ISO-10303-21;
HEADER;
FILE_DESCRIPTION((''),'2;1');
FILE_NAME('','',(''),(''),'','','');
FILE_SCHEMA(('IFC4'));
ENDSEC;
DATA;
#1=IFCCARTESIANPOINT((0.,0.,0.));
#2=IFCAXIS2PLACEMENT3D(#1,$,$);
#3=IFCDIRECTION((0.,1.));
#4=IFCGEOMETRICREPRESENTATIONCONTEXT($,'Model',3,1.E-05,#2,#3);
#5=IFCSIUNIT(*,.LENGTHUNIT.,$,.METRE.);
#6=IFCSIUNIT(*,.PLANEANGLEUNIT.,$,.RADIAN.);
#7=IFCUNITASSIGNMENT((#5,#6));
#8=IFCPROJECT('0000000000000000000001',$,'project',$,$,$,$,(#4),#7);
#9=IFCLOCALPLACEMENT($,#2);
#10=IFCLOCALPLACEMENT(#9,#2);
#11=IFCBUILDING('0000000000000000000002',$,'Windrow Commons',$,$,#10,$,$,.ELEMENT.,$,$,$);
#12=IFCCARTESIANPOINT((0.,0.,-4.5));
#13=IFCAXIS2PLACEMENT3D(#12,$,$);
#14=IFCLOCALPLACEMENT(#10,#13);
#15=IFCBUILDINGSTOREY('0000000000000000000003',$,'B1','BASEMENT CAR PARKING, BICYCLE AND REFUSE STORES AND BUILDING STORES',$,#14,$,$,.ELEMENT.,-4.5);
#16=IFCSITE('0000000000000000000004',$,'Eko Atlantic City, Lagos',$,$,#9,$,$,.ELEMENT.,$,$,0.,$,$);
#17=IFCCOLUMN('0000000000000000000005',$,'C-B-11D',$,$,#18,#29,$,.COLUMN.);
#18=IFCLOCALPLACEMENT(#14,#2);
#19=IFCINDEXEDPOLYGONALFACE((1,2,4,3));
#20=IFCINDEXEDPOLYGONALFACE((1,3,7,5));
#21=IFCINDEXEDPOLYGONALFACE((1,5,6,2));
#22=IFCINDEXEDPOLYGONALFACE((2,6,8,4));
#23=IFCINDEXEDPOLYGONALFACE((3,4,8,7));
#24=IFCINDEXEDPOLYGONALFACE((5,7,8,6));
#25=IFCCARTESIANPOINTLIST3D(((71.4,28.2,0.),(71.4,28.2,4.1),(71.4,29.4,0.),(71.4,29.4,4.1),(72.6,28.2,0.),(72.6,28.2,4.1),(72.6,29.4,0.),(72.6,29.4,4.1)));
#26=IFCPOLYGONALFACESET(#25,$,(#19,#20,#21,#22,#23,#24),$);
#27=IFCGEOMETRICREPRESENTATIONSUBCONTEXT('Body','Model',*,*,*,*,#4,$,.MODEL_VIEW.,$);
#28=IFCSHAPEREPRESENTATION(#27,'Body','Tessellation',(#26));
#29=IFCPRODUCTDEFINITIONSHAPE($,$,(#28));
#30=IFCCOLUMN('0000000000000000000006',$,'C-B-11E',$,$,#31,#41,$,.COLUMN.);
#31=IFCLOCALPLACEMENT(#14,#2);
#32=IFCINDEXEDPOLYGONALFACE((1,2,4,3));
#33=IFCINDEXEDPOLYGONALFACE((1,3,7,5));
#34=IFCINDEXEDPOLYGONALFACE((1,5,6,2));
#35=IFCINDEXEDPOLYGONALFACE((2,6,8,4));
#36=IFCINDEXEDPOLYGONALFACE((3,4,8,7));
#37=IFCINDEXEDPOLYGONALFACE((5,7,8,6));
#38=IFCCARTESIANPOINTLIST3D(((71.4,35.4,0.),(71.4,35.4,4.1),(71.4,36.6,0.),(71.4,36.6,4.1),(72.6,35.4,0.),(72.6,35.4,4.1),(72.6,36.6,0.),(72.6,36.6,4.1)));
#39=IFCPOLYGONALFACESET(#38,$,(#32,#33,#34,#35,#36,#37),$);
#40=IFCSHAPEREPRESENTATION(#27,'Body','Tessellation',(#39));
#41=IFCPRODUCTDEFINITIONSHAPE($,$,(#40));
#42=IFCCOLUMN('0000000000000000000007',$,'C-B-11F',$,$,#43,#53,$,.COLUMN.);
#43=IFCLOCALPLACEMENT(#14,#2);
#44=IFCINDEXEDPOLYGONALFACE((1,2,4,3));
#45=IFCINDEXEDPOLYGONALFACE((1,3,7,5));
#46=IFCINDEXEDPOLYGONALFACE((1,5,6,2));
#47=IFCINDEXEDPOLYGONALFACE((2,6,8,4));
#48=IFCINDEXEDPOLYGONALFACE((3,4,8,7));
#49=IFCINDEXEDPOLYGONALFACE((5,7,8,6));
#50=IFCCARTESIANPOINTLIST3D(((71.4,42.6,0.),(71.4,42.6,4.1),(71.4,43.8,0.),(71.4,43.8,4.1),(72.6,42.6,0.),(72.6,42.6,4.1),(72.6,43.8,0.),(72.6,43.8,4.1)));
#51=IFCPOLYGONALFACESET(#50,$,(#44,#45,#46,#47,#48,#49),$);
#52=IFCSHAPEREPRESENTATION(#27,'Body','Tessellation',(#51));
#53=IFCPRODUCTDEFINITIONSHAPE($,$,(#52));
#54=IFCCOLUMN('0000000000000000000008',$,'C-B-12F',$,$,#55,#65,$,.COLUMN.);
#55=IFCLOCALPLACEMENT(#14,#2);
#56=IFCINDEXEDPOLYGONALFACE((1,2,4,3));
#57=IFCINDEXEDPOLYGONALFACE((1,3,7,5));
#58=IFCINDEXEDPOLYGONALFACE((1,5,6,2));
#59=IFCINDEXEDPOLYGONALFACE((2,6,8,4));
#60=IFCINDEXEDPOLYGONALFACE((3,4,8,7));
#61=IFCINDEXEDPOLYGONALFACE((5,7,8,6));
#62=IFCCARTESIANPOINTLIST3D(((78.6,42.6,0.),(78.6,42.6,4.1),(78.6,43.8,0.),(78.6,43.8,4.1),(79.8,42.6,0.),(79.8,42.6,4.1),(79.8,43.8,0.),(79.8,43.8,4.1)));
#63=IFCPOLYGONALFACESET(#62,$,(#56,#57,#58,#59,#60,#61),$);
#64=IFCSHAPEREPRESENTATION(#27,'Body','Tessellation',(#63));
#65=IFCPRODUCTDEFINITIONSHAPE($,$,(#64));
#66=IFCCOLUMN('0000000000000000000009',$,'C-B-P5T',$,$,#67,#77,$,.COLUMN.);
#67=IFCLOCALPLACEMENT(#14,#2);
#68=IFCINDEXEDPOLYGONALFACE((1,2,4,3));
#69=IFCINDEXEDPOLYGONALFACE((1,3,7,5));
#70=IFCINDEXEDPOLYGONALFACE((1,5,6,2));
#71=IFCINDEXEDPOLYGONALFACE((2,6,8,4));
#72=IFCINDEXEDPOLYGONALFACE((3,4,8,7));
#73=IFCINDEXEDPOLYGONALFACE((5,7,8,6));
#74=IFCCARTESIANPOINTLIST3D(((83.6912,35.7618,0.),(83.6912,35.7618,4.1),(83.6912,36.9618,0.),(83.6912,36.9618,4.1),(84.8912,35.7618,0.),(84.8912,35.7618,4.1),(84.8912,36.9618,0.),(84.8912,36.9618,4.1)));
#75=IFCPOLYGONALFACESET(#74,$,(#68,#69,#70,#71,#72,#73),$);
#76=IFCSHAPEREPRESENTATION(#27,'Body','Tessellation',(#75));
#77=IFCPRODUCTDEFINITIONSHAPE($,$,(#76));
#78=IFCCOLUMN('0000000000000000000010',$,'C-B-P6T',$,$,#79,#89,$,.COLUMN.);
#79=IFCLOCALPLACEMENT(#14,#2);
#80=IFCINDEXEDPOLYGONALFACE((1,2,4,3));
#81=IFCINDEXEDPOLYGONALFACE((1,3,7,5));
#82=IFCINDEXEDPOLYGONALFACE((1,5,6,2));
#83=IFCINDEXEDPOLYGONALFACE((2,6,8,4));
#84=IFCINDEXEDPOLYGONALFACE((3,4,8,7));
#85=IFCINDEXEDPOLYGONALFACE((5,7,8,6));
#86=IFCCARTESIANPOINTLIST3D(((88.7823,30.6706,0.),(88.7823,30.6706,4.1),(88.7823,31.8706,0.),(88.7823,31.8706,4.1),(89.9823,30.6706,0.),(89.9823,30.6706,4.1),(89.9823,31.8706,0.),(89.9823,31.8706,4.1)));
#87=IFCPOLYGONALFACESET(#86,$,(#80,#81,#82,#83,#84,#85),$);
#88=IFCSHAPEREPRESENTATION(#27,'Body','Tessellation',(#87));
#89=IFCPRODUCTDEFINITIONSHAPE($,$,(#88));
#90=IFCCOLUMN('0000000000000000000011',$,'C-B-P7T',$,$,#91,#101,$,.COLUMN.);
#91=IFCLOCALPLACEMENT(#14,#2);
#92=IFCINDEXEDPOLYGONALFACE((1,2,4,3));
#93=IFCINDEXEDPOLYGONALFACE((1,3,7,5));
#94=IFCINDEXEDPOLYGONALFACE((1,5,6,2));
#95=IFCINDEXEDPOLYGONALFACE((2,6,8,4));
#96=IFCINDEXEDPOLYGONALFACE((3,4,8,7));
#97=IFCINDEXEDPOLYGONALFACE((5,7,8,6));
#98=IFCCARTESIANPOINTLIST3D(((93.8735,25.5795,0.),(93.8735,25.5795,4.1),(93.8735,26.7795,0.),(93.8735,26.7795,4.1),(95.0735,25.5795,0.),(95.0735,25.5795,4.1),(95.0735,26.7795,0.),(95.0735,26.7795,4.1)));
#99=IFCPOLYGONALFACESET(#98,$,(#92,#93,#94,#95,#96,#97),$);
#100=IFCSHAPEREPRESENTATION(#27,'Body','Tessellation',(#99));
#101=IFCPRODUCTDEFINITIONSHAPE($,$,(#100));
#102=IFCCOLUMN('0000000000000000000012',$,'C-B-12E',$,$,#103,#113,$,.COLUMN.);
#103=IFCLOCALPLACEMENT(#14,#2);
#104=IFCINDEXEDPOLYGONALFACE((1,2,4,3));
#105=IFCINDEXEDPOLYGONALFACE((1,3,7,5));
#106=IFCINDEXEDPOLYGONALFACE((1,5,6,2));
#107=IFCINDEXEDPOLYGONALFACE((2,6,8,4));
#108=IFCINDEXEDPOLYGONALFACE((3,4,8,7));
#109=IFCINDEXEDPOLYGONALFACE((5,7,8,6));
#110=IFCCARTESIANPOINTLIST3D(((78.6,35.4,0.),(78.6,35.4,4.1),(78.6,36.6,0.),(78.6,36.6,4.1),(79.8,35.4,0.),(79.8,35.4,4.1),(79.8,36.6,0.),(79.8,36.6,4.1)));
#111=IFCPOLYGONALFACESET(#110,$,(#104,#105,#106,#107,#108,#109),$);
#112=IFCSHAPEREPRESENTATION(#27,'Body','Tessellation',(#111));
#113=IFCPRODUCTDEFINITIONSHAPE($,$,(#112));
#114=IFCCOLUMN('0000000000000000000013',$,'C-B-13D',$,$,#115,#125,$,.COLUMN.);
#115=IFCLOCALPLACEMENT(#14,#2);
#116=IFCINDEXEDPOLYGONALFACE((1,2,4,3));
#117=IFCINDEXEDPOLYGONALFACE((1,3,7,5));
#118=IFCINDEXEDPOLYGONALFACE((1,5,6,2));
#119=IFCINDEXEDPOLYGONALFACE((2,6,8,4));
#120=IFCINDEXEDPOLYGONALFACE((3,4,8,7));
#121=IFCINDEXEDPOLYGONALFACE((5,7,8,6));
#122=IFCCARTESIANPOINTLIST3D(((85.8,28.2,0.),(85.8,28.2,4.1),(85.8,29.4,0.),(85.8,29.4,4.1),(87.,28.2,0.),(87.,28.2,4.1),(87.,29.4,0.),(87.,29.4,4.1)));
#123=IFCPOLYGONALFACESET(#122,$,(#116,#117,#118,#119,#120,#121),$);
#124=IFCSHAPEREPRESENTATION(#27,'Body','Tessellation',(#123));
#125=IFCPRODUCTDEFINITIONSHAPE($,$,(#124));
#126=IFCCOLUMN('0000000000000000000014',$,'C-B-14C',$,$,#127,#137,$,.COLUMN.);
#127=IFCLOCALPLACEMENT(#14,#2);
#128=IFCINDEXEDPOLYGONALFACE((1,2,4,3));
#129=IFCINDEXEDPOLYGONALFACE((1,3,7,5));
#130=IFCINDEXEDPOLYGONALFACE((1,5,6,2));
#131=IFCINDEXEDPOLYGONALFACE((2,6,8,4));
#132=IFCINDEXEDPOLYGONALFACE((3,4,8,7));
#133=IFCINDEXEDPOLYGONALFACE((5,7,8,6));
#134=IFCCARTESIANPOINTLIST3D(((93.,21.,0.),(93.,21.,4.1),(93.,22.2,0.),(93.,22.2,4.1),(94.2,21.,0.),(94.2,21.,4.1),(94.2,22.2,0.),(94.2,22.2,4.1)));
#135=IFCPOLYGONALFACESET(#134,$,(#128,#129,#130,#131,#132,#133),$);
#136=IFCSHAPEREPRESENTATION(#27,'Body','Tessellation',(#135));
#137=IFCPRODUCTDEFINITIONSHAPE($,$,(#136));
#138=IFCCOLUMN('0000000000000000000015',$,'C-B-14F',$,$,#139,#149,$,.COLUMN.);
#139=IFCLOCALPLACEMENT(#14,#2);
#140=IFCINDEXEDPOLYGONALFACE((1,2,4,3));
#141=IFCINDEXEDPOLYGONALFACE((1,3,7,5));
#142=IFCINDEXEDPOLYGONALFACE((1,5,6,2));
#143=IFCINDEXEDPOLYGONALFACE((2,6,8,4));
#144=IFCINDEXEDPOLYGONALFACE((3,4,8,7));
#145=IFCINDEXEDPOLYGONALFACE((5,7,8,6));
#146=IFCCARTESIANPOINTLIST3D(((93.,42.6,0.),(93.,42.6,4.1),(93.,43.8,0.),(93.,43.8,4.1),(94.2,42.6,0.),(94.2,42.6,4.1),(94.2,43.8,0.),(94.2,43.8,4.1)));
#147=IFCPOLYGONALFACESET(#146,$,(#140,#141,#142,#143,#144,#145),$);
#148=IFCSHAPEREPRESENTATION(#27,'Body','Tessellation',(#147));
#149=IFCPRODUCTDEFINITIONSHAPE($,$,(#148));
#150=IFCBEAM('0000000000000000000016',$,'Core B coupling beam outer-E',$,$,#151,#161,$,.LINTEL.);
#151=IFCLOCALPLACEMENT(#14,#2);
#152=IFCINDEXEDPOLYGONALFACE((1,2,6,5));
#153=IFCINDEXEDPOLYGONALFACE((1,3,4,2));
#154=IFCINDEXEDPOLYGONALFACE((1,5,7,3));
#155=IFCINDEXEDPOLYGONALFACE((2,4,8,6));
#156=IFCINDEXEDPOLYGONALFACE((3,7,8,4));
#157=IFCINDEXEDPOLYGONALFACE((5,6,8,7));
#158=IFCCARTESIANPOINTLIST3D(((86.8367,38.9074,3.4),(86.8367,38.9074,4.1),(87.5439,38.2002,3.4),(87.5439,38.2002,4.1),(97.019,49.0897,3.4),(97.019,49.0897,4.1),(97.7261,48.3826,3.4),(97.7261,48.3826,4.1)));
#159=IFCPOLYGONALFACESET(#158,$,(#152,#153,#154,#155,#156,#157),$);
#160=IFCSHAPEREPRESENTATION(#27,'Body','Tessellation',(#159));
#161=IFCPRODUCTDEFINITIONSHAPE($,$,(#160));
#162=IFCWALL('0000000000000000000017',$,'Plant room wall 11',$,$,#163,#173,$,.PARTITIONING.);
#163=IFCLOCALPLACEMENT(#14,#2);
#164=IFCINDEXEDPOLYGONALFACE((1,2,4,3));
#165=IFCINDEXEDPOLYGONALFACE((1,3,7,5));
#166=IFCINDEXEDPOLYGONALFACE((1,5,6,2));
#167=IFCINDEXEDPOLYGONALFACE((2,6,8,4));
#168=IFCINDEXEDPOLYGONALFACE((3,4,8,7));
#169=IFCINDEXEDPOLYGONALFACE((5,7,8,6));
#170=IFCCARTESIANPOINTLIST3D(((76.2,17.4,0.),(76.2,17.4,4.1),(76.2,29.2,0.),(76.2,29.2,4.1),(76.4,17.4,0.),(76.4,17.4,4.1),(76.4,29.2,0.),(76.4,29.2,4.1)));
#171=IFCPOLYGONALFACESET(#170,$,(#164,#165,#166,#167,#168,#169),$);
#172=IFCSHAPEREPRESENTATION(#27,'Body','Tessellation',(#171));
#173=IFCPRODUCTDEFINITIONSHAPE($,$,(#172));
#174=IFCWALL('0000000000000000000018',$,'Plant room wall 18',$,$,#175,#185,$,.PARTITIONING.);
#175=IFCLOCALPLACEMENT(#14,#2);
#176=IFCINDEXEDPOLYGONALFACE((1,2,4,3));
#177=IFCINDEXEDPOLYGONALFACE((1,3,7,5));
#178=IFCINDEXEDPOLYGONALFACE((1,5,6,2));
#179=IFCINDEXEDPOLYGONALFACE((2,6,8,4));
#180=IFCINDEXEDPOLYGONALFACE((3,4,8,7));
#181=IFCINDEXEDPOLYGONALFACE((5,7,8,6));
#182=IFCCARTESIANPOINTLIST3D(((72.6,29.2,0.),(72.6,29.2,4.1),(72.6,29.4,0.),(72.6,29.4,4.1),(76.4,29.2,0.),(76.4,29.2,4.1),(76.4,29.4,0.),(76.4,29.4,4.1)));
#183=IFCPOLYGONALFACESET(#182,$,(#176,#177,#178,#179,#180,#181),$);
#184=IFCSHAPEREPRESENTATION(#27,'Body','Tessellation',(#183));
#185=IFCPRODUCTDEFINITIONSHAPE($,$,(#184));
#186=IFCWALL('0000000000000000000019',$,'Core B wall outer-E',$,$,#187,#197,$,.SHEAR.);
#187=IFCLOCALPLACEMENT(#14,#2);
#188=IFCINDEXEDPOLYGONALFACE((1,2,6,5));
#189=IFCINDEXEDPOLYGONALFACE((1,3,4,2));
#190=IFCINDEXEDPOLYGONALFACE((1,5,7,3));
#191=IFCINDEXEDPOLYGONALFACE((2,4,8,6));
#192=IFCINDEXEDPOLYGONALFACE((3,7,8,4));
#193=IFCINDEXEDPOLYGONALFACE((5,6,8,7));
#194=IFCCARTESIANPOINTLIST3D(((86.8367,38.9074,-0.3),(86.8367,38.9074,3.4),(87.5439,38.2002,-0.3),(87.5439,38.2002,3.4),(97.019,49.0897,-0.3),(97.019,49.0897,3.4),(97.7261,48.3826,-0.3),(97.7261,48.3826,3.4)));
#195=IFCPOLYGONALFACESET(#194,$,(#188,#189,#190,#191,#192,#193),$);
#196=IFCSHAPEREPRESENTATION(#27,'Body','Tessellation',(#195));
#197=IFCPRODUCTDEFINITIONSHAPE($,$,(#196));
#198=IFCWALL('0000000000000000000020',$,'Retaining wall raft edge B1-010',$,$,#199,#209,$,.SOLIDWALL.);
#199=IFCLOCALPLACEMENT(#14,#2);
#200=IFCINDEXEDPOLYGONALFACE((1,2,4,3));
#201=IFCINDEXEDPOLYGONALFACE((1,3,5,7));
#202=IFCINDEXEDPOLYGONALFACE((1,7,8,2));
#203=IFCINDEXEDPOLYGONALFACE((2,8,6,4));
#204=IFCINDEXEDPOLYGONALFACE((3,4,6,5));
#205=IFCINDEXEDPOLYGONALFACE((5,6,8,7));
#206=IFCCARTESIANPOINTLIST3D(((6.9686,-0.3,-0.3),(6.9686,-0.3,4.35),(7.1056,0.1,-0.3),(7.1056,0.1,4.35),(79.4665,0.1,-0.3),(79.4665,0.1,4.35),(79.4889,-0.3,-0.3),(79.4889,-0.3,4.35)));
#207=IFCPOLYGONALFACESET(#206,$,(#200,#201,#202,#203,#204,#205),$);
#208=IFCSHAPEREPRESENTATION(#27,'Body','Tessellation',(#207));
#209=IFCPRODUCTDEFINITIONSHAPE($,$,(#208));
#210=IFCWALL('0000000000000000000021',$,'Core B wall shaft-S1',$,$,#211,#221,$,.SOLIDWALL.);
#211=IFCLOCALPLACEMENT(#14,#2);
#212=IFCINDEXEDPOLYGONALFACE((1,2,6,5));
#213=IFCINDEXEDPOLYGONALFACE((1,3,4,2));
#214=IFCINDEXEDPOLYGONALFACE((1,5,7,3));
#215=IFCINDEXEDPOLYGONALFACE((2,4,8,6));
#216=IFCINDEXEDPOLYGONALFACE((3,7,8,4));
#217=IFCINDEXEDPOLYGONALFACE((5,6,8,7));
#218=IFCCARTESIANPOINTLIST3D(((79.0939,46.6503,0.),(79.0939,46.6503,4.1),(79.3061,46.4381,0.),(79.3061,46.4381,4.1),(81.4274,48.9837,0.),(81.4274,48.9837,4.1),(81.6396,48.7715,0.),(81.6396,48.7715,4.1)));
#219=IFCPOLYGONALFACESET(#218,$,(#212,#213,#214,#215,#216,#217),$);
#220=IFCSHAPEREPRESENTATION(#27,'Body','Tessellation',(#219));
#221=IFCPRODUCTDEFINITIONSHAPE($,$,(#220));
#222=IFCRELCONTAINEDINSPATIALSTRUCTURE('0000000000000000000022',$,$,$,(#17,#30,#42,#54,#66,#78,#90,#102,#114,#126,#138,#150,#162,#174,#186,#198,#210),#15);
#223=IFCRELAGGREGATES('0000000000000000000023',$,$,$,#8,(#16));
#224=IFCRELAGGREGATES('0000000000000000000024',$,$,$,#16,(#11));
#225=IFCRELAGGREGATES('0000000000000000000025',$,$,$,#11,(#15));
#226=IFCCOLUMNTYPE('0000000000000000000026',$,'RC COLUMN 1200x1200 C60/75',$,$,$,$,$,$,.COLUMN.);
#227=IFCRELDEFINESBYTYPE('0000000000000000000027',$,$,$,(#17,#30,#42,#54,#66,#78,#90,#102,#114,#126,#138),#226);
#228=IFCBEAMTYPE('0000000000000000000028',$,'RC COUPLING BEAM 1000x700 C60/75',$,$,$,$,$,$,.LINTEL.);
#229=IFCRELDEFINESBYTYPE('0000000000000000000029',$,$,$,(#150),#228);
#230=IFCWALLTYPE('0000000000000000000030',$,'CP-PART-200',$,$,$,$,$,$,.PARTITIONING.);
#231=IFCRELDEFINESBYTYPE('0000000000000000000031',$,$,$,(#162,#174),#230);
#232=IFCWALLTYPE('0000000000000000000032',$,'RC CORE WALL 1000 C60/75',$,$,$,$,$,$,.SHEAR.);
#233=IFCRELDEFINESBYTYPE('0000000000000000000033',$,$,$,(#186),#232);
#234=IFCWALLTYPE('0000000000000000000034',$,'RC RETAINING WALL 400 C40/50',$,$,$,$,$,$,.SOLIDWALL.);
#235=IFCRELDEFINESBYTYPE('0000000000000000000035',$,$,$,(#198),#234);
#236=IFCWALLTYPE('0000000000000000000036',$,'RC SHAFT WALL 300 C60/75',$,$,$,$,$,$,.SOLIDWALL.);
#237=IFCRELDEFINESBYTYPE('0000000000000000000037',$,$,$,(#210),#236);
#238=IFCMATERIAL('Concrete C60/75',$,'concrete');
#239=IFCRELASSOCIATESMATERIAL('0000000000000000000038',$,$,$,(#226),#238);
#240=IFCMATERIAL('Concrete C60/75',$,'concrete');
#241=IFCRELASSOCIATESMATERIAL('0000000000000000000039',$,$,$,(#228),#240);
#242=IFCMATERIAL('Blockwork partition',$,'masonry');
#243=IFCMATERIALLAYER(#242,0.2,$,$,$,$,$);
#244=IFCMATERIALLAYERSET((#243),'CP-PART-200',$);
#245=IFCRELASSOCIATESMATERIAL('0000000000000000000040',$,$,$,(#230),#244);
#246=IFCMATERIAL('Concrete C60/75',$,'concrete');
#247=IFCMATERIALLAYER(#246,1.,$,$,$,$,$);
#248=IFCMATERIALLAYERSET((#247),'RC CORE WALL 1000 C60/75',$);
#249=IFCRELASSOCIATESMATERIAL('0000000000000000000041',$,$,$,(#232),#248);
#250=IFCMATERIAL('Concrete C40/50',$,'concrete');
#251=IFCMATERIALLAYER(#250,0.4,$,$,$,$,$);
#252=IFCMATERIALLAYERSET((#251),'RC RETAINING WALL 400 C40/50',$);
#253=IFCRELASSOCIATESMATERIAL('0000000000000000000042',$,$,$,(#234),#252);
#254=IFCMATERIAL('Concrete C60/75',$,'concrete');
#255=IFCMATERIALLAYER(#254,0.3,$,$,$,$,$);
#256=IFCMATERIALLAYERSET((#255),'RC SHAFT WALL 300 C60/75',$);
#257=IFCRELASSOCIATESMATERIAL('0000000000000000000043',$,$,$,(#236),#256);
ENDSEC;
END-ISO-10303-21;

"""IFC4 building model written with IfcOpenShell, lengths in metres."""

from ifc_helpers import new_model, si_unit, direction, frame, frame_2d, origin, origin_2d, place, context, subcontext, project, spatial, polyline, rectangle, outline, extrude, material, layer, layer_set, material_profile, profile_set, type_object, element, save


model = new_model("IFC4")

# Units and contexts
model_context = context("Model", 3, precision=1e-05, world=origin(), true_north=direction((0.0, 1.0)))
body_context = subcontext(model_context, "Body", "Model", "MODEL_VIEW")
ifc_project = project(units=[si_unit("LENGTHUNIT", "METRE"), si_unit("PLANEANGLEUNIT", "RADIAN")], contexts=[model_context])

# Site, building, storey
site_placement = place(None, origin())
site = spatial("IfcSite", under=ifc_project, at=site_placement, Name="Eko Atlantic City, Lagos", CompositionType="ELEMENT", RefElevation=0.0)
building_placement = place(site_placement, origin())
building = spatial("IfcBuilding", under=site, at=building_placement, Name="Windrow Commons", CompositionType="ELEMENT")
storey_placement = place(building_placement, frame((0.0, 0.0, -4.5)))
storey = spatial("IfcBuildingStorey", under=building, at=storey_placement, Name="B1", Description="BASEMENT CAR PARKING, BICYCLE AND REFUSE STORES AND BUILDING STORES", CompositionType="ELEMENT", Elevation=-4.5)

# Columns
ifc_material_1 = material(Name="Concrete C60/75", Category="concrete")
ifc_material_profile_1 = material_profile(ifc_material_1, rectangle(XDim=1.2, YDim=1.2, at=origin_2d()))
ifc_profile_set_1 = profile_set([ifc_material_profile_1], Name="Concrete C60/75")
column_type = type_object("IfcColumnType", Name="RC COLUMN 1200x1200 C60/75", PredefinedType="COLUMN", material=ifc_profile_set_1)
for number, where, z_axis, x_axis, name in (
    (1, (72.0, 28.8, 0.0), (0.0, 0.0, 1.0), (1.0, 0.0, 0.0), "C-B-11D"),
    (2, (72.0, 36.0, 0.0), (0.0, 0.0, 1.0), (1.0, 0.0, 0.0), "C-B-11E"),
    (3, (72.0, 43.2, 0.0), (0.0, 0.0, 1.0), (1.0, 0.0, 0.0), "C-B-11F"),
    (4, (79.2, 43.2, 0.0), (0.0, 0.0, 1.0), (1.0, 0.0, 0.0), "C-B-12F"),
    (5, (84.2912, 36.3618, 0.0), (0.0, 0.0, 1.0), (1.0, 0.0, 0.0), "C-B-P5T"),
    (6, (89.3823, 31.2706, 0.0), (0.0, 0.0, 1.0), (1.0, 0.0, 0.0), "C-B-P6T"),
    (7, (94.4735, 26.1795, 0.0), (0.0, 0.0, 1.0), (1.0, 0.0, 0.0), "C-B-P7T"),
    (8, (79.2, 36.0, 0.0), (0.0, 0.0, 1.0), (1.0, 0.0, 0.0), "C-B-12E"),
    (9, (86.4, 28.8, 0.0), (0.0, 0.0, 1.0), (1.0, 0.0, 0.0), "C-B-13D"),
    (10, (93.6, 21.6, 0.0), (0.0, 0.0, 1.0), (1.0, 0.0, 0.0), "C-B-14C"),
    (11, (93.6, 43.2, 0.0), (0.0, 0.0, 1.0), (1.0, 0.0, 0.0), "C-B-14F"),
):
    element("IfcColumn", number, at=place(storey_placement, frame(where, z_axis=z_axis, x_axis=x_axis)), inside=storey, type_object=column_type, Name=name, PredefinedType="COLUMN", context=body_context, shape_type="SweptSolid", body=[
        extrude(rectangle(XDim=1.2, YDim=1.2, at=origin_2d()), origin(), (0.0, 0.0, 1.0), 4.1),
    ])

# Beam
ifc_material_2 = material(Name="Concrete C60/75", Category="concrete")
ifc_material_profile_2 = material_profile(ifc_material_2, rectangle(XDim=1.0, YDim=0.7, at=origin_2d()))
ifc_profile_set_2 = profile_set([ifc_material_profile_2], Name="Concrete C60/75")
beam_type = type_object("IfcBeamType", Name="RC COUPLING BEAM 1000x700 C60/75", PredefinedType="LINTEL", material=ifc_profile_set_2)
beam_placement = place(storey_placement, frame((87.1903, 38.5538, 3.75), z_axis=(0.707103, 0.70711, 0.0), x_axis=(-0.70711, 0.707103, 0.0)))
element("IfcBeam", 12, at=beam_placement, inside=storey, type_object=beam_type, Name="Core B coupling beam outer-E", PredefinedType="LINTEL", context=body_context, shape_type="SweptSolid", body=[
    extrude(rectangle(XDim=1.0, YDim=0.7, at=origin_2d()), origin(), (0.0, 0.0, 1.0), 14.4),
])

# Walls
ifc_material_3 = material(Name="Blockwork partition", Category="masonry")
ifc_layer_1 = layer(ifc_material_3, 0.2)
ifc_layer_set_1 = layer_set([ifc_layer_1], Name="CP-PART-200")
wall_type_1 = type_object("IfcWallType", Name="CP-PART-200", PredefinedType="PARTITIONING", material=ifc_layer_set_1)
wall_1_placement = place(storey_placement, frame((76.3, 17.4, 0.0), z_axis=(0.0, 0.0, 1.0), x_axis=(0.0, 1.0, 0.0)))
element("IfcWall", 13, at=wall_1_placement, inside=storey, type_object=wall_type_1, Name="Plant room wall 11", PredefinedType="PARTITIONING", context=body_context, shape_type="SweptSolid", body=[
    extrude(rectangle(XDim=11.8, YDim=0.2, at=frame_2d((5.9, 0.0))), origin(), (0.0, 0.0, 1.0), 4.1),
])
wall_2_placement = place(storey_placement, frame((72.6, 29.3, 0.0), z_axis=(0.0, 0.0, 1.0), x_axis=(1.0, 0.0, 0.0)))
element("IfcWall", 14, at=wall_2_placement, inside=storey, type_object=wall_type_1, Name="Plant room wall 18", PredefinedType="PARTITIONING", context=body_context, shape_type="SweptSolid", body=[
    extrude(rectangle(XDim=3.8, YDim=0.2, at=frame_2d((1.9, 0.0))), origin(), (0.0, 0.0, 1.0), 4.1),
])
ifc_material_4 = material(Name="Concrete C60/75", Category="concrete")
ifc_layer_2 = layer(ifc_material_4, 1.0)
ifc_layer_set_2 = layer_set([ifc_layer_2], Name="RC CORE WALL 1000 C60/75")
wall_type_2 = type_object("IfcWallType", Name="RC CORE WALL 1000 C60/75", PredefinedType="SHEAR", material=ifc_layer_set_2)
wall_3_placement = place(storey_placement, frame((87.1903, 38.5538, -0.3), z_axis=(0.0, 0.0, 1.0), x_axis=(0.707103, 0.70711, 0.0)))
element("IfcWall", 15, at=wall_3_placement, inside=storey, type_object=wall_type_2, Name="Core B wall outer-E", PredefinedType="SHEAR", context=body_context, shape_type="SweptSolid", body=[
    extrude(rectangle(XDim=14.4, YDim=1.0, at=frame_2d((7.2, 0.0))), origin(), (0.0, 0.0, 1.0), 3.7),
])
ifc_material_5 = material(Name="Concrete C40/50", Category="concrete")
ifc_layer_3 = layer(ifc_material_5, 0.4)
ifc_layer_set_3 = layer_set([ifc_layer_3], Name="RC RETAINING WALL 400 C40/50")
wall_type_3 = type_object("IfcWallType", Name="RC RETAINING WALL 400 C40/50", PredefinedType="SOLIDWALL", material=ifc_layer_set_3)
wall_4_placement = place(storey_placement, frame((79.4777, -0.1, -0.3), z_axis=(0.0, 0.0, 1.0), x_axis=(-1.0, 0.0, 0.0)))
element("IfcWall", 16, at=wall_4_placement, inside=storey, type_object=wall_type_3, Name="Retaining wall raft edge B1-010", PredefinedType="SOLIDWALL", context=body_context, shape_type="SweptSolid", body=[
    extrude(outline(polyline([(0.0112, -0.2), (72.3721, -0.2), (72.5091, 0.2), (-0.0112, 0.2), (0.0112, -0.2)])), origin(), (0.0, 0.0, 1.0), 4.65),
])
ifc_material_6 = material(Name="Concrete C60/75", Category="concrete")
ifc_layer_4 = layer(ifc_material_6, 0.3)
ifc_layer_set_4 = layer_set([ifc_layer_4], Name="RC SHAFT WALL 300 C60/75")
wall_type_4 = type_object("IfcWallType", Name="RC SHAFT WALL 300 C60/75", PredefinedType="SOLIDWALL", material=ifc_layer_set_4)
wall_5_placement = place(storey_placement, frame((79.2, 46.5442, 0.0), z_axis=(0.0, 0.0, 1.0), x_axis=(0.707122, 0.707092, 0.0)))
element("IfcWall", 17, at=wall_5_placement, inside=storey, type_object=wall_type_4, Name="Core B wall shaft-S1", PredefinedType="SOLIDWALL", context=body_context, shape_type="SweptSolid", body=[
    extrude(rectangle(XDim=3.3, YDim=0.3, at=frame_2d((1.65, 0.0))), origin(), (0.0, 0.0, 1.0), 4.1),
])

save(model, "model.ifc")
